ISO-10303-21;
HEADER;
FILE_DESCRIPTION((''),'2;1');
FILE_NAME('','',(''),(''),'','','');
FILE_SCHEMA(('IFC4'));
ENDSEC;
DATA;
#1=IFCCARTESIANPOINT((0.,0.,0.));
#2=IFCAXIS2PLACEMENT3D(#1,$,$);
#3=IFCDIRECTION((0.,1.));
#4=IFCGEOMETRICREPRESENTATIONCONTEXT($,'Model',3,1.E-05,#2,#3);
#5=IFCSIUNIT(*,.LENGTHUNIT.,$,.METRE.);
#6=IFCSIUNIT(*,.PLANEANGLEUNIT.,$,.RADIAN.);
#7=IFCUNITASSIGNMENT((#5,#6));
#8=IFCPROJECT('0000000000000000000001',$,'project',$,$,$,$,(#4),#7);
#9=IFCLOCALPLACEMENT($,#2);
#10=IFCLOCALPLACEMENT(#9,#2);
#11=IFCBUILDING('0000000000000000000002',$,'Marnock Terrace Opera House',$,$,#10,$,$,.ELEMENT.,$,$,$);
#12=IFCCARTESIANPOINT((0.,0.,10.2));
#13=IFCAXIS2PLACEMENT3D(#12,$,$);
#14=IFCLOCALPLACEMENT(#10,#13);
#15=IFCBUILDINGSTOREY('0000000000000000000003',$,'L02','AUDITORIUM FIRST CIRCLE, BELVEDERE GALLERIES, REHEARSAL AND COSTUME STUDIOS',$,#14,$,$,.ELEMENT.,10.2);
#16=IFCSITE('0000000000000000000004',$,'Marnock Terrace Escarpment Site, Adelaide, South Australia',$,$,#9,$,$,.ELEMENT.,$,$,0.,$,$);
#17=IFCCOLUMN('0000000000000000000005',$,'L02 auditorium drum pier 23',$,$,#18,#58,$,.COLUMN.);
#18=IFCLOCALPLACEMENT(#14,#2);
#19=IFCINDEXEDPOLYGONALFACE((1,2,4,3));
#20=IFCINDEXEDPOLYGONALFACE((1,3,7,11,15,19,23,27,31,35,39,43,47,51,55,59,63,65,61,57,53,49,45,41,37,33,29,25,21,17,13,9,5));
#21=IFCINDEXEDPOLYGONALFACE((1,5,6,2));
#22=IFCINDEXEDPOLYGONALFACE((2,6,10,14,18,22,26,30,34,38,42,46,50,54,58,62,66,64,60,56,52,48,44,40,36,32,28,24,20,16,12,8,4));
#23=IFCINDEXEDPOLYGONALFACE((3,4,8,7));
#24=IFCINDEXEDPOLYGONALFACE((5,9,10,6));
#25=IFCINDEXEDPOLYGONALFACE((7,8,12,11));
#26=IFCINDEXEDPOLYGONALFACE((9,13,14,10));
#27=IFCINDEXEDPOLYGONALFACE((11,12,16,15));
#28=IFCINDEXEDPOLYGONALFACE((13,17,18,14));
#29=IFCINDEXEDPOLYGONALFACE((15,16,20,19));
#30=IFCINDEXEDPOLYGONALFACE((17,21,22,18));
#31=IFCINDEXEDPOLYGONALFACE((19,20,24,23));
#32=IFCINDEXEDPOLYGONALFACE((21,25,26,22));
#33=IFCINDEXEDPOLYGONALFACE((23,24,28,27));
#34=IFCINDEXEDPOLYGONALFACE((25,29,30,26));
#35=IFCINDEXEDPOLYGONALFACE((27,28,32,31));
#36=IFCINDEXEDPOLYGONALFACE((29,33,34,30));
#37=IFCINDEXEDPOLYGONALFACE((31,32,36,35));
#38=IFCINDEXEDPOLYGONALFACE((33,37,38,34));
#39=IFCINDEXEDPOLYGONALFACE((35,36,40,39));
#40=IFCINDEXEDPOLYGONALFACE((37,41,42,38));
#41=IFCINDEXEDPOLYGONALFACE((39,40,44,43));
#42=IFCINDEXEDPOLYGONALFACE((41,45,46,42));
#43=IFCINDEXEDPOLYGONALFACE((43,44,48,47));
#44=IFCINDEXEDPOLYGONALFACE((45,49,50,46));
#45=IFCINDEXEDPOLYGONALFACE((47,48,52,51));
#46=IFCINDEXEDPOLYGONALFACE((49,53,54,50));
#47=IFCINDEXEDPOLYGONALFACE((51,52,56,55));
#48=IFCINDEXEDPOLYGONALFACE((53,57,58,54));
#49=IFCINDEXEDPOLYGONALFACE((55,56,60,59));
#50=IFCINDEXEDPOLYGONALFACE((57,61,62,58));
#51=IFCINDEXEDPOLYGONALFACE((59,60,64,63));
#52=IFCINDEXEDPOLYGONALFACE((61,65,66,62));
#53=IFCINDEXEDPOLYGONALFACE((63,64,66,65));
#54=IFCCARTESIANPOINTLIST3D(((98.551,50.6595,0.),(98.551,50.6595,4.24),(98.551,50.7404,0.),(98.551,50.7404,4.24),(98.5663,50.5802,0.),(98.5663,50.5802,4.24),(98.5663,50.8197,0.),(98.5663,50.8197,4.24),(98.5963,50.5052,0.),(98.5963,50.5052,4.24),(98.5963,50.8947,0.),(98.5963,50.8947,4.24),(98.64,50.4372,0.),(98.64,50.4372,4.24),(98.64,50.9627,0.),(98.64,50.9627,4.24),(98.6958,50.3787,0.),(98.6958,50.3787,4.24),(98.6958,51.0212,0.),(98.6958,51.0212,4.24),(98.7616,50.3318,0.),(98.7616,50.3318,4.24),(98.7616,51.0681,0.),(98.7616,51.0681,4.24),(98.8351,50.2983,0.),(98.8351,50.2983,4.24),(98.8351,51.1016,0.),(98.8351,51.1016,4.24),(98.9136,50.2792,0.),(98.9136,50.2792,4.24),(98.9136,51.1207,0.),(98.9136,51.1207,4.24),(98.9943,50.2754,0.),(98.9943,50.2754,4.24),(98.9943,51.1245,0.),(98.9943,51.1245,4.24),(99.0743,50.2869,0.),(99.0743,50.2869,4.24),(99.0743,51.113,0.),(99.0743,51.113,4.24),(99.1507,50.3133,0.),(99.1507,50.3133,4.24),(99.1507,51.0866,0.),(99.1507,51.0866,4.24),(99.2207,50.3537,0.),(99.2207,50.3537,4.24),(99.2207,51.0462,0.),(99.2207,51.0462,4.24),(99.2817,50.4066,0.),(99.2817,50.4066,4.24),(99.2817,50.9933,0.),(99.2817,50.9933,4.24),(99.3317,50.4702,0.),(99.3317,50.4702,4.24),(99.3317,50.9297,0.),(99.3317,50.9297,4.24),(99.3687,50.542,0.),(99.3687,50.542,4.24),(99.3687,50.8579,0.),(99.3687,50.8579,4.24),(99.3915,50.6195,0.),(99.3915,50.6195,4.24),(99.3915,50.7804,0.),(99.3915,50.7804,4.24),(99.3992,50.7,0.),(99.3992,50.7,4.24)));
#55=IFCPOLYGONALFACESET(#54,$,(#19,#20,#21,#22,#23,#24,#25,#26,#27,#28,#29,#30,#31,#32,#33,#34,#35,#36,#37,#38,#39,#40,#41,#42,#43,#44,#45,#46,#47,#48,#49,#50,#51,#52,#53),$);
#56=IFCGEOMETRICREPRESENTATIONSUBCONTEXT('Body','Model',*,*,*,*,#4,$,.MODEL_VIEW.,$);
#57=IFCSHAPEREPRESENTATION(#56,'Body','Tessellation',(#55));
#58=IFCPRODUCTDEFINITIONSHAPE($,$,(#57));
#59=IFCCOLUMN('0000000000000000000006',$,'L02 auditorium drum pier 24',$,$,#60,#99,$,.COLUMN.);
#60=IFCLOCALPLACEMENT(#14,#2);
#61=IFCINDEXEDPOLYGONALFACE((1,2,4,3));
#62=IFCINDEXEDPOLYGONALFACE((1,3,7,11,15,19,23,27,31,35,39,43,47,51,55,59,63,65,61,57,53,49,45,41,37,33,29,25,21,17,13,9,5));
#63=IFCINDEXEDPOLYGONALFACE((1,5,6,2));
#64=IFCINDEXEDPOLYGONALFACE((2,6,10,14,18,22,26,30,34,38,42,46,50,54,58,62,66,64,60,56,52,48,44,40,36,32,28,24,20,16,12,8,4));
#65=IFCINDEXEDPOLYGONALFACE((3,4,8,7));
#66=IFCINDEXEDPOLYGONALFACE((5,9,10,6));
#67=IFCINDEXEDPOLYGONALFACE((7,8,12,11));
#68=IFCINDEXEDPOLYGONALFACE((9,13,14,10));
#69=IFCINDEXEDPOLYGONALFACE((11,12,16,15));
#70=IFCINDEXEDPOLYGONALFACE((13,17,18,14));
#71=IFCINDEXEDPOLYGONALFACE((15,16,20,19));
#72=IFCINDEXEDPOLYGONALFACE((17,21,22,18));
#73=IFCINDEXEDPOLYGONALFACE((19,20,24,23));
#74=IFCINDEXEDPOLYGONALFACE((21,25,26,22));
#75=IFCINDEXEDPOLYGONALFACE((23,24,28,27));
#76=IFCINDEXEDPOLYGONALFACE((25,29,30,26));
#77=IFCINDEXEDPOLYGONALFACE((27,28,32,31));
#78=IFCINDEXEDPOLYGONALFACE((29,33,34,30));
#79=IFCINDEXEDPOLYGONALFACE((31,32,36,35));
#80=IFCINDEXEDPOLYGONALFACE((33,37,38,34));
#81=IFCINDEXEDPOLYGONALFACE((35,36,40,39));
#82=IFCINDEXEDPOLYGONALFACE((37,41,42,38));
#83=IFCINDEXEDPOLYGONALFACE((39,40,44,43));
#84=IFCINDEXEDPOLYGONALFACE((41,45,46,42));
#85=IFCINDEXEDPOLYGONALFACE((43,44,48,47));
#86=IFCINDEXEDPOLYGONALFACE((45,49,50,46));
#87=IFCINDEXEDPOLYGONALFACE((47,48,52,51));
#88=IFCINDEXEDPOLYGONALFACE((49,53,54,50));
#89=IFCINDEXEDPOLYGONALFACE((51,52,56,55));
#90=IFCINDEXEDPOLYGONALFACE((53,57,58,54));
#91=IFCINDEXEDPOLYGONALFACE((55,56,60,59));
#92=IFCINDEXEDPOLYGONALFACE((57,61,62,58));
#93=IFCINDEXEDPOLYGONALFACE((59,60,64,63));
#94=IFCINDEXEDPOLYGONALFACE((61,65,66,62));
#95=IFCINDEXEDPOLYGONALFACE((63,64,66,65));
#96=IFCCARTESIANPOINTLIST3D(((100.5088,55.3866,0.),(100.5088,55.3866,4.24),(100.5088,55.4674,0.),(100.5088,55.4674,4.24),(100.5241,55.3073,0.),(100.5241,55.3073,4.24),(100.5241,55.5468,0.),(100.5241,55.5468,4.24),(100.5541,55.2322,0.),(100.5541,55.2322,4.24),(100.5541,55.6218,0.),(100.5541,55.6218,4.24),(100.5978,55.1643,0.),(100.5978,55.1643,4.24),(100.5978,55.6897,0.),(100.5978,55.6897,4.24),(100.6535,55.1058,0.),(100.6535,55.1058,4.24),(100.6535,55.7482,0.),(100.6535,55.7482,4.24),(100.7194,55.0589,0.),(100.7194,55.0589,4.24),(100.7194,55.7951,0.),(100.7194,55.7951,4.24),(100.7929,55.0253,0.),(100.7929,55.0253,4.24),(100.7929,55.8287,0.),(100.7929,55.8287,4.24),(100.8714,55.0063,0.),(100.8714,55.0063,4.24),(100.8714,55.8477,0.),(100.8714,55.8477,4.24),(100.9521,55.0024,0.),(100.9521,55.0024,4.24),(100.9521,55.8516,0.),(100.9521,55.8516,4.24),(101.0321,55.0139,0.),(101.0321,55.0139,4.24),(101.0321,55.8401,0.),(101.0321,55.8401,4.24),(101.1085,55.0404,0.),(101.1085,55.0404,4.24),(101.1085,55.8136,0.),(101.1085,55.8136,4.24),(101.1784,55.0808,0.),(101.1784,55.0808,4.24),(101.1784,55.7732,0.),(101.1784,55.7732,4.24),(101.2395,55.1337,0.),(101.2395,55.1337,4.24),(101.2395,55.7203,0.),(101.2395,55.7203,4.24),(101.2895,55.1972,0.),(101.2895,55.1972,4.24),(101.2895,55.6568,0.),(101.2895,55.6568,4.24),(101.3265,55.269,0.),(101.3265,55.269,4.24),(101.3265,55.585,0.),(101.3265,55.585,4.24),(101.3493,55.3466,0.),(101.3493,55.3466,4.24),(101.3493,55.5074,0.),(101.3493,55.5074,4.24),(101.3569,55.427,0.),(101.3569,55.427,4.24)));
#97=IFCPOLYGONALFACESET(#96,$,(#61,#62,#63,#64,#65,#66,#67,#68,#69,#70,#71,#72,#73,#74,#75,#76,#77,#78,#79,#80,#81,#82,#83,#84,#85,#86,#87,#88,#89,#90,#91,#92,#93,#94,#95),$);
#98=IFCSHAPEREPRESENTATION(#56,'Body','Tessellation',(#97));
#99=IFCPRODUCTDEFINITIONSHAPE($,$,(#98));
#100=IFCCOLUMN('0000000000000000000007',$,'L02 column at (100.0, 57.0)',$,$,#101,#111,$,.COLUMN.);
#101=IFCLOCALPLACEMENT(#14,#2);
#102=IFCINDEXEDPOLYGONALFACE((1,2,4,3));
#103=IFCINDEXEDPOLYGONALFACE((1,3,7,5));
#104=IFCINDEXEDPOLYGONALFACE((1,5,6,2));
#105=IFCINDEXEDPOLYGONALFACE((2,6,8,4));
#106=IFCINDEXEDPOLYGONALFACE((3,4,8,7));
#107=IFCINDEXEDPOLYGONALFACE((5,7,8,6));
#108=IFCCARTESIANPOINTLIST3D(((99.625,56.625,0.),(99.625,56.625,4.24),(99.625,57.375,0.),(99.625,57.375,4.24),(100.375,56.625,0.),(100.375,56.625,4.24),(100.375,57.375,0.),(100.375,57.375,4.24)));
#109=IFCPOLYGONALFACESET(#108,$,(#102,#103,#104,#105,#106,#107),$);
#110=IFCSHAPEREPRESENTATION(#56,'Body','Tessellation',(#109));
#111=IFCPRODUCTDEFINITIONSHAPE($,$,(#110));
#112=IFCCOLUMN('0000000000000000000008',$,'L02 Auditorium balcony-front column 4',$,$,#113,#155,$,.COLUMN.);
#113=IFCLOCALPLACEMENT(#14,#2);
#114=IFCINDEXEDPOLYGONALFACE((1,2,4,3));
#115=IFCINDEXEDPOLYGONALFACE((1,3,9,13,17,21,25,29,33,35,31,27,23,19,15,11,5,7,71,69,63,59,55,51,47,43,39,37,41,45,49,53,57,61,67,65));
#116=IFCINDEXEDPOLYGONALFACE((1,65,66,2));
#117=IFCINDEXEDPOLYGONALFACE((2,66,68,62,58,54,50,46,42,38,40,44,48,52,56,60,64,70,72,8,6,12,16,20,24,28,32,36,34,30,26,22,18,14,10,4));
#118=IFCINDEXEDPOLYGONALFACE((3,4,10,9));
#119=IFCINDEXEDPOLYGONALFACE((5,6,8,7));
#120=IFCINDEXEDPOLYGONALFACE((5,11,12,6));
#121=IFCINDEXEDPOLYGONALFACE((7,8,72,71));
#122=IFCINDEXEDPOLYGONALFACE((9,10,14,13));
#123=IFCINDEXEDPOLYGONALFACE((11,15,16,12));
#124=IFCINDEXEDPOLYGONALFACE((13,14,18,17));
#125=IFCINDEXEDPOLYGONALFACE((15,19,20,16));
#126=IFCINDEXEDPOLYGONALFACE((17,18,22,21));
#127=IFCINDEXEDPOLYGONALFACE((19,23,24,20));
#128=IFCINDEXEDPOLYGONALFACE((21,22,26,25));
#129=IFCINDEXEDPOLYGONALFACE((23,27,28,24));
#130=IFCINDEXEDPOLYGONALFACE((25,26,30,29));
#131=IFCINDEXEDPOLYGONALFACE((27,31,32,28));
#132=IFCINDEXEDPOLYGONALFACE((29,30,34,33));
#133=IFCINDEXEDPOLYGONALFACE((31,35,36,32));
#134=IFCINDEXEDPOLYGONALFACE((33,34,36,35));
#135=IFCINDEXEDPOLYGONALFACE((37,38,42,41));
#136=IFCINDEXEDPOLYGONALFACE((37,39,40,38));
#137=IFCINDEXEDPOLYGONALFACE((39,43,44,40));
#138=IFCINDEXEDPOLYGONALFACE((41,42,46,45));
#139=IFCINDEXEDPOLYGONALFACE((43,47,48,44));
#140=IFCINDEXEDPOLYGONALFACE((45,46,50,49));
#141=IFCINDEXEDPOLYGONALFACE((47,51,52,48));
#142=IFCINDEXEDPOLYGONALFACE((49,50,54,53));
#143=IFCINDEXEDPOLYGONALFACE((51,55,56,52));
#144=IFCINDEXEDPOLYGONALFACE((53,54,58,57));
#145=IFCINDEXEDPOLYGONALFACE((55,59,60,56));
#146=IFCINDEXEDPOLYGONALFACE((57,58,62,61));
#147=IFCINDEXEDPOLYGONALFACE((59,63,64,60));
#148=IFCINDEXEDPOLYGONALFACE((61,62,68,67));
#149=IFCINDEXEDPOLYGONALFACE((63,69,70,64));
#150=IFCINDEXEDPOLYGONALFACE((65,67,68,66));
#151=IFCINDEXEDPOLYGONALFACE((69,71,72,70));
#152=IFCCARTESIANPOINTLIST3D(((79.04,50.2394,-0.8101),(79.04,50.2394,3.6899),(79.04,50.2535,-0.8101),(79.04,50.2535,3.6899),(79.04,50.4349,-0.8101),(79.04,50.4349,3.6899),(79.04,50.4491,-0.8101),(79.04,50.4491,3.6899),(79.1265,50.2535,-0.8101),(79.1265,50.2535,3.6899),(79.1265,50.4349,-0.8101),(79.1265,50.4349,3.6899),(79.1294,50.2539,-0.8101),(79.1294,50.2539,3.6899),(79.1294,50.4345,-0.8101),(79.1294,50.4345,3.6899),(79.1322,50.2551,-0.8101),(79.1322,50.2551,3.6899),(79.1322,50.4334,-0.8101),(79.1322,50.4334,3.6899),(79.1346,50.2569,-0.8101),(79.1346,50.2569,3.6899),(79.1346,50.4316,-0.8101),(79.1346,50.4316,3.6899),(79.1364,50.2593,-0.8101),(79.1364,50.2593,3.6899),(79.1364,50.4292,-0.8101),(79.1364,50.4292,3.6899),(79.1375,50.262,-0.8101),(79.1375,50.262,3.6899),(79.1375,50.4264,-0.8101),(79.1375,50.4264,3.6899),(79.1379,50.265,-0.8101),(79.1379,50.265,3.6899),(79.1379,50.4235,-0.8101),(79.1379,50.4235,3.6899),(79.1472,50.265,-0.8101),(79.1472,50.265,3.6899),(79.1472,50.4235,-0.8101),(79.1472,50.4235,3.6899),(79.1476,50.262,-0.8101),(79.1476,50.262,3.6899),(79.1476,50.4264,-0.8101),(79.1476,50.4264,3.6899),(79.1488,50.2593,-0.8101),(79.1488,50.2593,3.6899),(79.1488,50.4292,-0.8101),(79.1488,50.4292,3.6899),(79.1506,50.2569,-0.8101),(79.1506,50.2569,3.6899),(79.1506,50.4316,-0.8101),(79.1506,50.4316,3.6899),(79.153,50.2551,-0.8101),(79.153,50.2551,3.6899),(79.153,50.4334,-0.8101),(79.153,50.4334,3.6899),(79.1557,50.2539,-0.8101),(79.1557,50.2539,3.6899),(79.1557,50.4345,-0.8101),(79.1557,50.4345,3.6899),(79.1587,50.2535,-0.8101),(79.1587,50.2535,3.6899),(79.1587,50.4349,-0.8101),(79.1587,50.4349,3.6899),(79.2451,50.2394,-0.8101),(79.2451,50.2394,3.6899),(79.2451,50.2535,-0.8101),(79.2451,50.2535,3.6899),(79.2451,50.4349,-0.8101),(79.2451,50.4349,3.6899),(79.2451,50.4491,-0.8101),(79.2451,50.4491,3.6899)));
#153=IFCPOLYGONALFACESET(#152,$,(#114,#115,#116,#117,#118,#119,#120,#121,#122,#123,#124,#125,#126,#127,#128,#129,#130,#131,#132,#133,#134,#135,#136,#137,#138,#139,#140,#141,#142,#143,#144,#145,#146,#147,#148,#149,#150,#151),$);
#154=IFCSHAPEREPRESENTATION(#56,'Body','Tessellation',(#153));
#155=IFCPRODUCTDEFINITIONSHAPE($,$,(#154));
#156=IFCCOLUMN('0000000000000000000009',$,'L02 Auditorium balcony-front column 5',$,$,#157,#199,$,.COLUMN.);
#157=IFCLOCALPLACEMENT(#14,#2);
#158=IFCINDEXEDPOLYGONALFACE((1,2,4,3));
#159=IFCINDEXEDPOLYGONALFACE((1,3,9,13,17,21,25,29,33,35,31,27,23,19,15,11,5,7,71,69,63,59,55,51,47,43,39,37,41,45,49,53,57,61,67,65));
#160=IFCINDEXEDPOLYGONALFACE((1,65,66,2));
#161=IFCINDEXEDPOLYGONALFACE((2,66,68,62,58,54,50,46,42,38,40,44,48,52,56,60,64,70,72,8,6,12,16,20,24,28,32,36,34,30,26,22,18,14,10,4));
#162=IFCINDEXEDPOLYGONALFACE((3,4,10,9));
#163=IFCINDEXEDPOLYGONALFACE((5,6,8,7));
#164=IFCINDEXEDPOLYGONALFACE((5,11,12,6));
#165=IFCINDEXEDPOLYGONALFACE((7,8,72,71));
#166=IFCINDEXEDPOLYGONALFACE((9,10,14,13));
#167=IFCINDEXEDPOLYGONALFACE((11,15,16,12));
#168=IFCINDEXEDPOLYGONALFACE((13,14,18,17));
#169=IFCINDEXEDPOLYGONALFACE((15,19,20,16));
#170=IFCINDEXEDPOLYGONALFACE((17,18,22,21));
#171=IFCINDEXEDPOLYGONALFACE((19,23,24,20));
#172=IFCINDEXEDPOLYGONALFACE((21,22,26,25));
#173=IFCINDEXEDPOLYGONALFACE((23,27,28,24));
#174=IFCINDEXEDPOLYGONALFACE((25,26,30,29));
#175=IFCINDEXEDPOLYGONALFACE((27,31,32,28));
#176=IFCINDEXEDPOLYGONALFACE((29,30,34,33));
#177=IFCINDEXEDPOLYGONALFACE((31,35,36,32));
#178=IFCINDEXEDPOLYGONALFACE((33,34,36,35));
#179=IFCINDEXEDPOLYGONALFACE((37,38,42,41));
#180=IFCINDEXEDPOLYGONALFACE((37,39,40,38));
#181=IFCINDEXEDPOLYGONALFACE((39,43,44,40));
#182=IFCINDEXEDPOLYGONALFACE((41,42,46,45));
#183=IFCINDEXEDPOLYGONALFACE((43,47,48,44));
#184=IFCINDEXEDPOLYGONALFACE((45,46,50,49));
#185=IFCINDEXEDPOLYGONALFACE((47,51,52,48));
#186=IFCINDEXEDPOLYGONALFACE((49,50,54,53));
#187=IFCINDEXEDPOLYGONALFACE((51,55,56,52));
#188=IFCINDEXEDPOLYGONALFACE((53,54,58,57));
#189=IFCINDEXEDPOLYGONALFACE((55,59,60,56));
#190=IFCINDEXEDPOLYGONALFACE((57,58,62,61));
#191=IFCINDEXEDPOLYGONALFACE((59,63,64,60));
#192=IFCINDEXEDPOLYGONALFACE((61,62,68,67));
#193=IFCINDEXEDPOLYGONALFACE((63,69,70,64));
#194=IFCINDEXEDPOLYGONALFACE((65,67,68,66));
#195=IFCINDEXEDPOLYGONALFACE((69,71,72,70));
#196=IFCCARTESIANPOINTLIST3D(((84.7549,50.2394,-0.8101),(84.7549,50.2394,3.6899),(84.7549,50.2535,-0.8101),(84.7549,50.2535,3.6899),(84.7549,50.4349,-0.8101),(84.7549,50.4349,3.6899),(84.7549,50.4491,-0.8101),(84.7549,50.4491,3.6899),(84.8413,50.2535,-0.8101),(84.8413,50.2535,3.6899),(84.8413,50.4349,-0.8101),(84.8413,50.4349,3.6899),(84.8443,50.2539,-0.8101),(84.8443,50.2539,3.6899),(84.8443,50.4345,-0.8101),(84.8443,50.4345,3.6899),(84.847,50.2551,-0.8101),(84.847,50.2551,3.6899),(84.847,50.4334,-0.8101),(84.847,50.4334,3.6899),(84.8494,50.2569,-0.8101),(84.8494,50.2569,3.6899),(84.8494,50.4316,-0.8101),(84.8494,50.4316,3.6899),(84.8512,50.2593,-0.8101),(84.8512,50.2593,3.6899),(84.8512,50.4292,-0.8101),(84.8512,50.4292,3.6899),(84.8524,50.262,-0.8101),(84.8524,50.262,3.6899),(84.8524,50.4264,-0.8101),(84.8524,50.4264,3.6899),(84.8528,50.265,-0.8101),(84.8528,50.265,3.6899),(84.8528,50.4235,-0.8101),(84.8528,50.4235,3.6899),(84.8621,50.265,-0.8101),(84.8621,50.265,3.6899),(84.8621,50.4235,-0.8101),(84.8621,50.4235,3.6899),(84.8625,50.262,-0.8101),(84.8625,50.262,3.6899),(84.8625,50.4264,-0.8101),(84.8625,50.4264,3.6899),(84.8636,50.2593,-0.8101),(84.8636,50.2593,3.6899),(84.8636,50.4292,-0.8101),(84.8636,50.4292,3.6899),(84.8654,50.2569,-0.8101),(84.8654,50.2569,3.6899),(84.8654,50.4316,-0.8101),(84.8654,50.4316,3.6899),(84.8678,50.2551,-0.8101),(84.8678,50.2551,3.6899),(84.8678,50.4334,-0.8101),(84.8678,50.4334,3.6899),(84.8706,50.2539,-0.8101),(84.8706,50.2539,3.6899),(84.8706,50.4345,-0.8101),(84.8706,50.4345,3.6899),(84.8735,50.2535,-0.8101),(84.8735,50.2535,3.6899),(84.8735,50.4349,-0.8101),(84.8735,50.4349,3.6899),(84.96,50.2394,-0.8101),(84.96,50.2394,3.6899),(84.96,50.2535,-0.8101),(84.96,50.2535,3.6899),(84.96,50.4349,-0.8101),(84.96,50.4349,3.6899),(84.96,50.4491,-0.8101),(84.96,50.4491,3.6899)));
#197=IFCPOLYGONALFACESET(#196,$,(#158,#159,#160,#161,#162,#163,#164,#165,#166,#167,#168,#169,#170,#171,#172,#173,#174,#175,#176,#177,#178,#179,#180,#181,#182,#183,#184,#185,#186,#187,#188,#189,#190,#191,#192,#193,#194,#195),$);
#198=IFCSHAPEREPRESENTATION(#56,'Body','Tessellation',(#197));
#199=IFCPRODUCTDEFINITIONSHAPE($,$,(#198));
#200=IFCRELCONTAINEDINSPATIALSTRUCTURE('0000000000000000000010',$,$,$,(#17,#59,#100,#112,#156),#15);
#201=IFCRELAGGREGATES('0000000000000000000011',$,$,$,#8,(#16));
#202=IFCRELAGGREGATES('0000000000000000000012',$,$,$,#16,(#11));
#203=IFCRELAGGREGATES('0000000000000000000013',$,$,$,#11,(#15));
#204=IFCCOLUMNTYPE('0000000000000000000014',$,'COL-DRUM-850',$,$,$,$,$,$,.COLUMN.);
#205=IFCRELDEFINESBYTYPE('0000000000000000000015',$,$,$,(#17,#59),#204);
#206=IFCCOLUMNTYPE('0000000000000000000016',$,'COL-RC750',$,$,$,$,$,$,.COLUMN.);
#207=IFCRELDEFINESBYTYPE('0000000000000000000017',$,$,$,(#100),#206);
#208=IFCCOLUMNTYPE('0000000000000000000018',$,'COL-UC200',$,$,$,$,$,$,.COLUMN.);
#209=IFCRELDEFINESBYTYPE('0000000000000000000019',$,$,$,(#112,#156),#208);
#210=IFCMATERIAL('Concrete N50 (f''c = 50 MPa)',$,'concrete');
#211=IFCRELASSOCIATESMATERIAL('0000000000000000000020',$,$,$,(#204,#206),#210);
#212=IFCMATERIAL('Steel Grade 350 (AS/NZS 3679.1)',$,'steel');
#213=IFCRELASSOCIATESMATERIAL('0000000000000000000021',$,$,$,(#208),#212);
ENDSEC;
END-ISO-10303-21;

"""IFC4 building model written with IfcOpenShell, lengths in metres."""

from ifc_helpers import new_model, si_unit, direction, frame, origin, origin_2d, place, context, subcontext, project, spatial, rectangle, circle, i_section, extrude, material, material_profile, profile_set, type_object, element, save


model = new_model("IFC4")

# Units and contexts
model_context = context("Model", 3, precision=1e-05, world=origin(), true_north=direction((0.0, 1.0)))
body_context = subcontext(model_context, "Body", "Model", "MODEL_VIEW")
ifc_project = project(units=[si_unit("LENGTHUNIT", "METRE"), si_unit("PLANEANGLEUNIT", "RADIAN")], contexts=[model_context])

# Site, building, storey
site_placement = place(None, origin())
site = spatial("IfcSite", under=ifc_project, at=site_placement, Name="Marnock Terrace Escarpment Site, Adelaide, South Australia", CompositionType="ELEMENT", RefElevation=0.0)
building_placement = place(site_placement, origin())
building = spatial("IfcBuilding", under=site, at=building_placement, Name="Marnock Terrace Opera House", CompositionType="ELEMENT")
storey_placement = place(building_placement, frame((0.0, 0.0, 10.2)))
storey = spatial("IfcBuildingStorey", under=building, at=storey_placement, Name="L02", Description="AUDITORIUM FIRST CIRCLE, BELVEDERE GALLERIES, REHEARSAL AND COSTUME STUDIOS", CompositionType="ELEMENT", Elevation=10.2)

# Columns
ifc_material_1 = material(Name="Concrete N50 (f'c = 50 MPa)", Category="concrete")
ifc_material_profile_1 = material_profile(ifc_material_1, circle(Radius=0.425, at=origin_2d()))
ifc_profile_set_1 = profile_set([ifc_material_profile_1], Name="Concrete N50 (f'c = 50 MPa)")
column_type_1 = type_object("IfcColumnType", Name="COL-DRUM-850", PredefinedType="COLUMN", material=ifc_profile_set_1)
for number, where, z_axis, x_axis, name in (
    (1, (98.9741, 50.7, 0.0), (0.0, 0.0, 1.0), (1.0, 0.0, 0.0), "L02 auditorium drum pier 23"),
    (2, (100.9319, 55.427, 0.0), (0.0, 0.0, 1.0), (1.0, 0.0, 0.0), "L02 auditorium drum pier 24"),
):
    element("IfcColumn", number, at=place(storey_placement, frame(where, z_axis=z_axis, x_axis=x_axis)), inside=storey, type_object=column_type_1, Name=name, PredefinedType="COLUMN", context=body_context, shape_type="SweptSolid", body=[
        extrude(circle(Radius=0.425, at=origin_2d()), origin(), (0.0, 0.0, 1.0), 4.24),
    ])
ifc_material_profile_2 = material_profile(ifc_material_1, rectangle(XDim=0.75, YDim=0.75, at=origin_2d()))
ifc_profile_set_2 = profile_set([ifc_material_profile_2], Name="Concrete N50 (f'c = 50 MPa)")
column_type_2 = type_object("IfcColumnType", Name="COL-RC750", PredefinedType="COLUMN", material=ifc_profile_set_2)
column_placement = place(storey_placement, frame((100.0, 57.0, 0.0), z_axis=(0.0, 0.0, 1.0), x_axis=(1.0, 0.0, 0.0)))
element("IfcColumn", 3, at=column_placement, inside=storey, type_object=column_type_2, Name="L02 column at (100.0, 57.0)", PredefinedType="COLUMN", context=body_context, shape_type="SweptSolid", body=[
    extrude(rectangle(XDim=0.75, YDim=0.75, at=origin_2d()), origin(), (0.0, 0.0, 1.0), 4.24),
])
ifc_material_2 = material(Name="Steel Grade 350 (AS/NZS 3679.1)", Category="steel")
ifc_material_profile_3 = material_profile(ifc_material_2, i_section(OverallWidth=0.2051, OverallDepth=0.2097, WebThickness=0.0093, FlangeThickness=0.0142, FilletRadius=0.0115, at=origin_2d()))
ifc_profile_set_3 = profile_set([ifc_material_profile_3], Name="Steel Grade 350 (AS/NZS 3679.1)")
column_type_3 = type_object("IfcColumnType", Name="COL-UC200", PredefinedType="COLUMN", material=ifc_profile_set_3)
for number, where, z_axis, x_axis, name in (
    (4, (79.1426, 50.3442, -0.8101), (0.0, 0.0, 1.0), (1.0, 0.0, 0.0), "L02 Auditorium balcony-front column 4"),
    (5, (84.8574, 50.3442, -0.8101), (0.0, 0.0, 1.0), (1.0, 0.0, 0.0), "L02 Auditorium balcony-front column 5"),
):
    element("IfcColumn", number, at=place(storey_placement, frame(where, z_axis=z_axis, x_axis=x_axis)), inside=storey, type_object=column_type_3, Name=name, PredefinedType="COLUMN", context=body_context, shape_type="SweptSolid", body=[
        extrude(i_section(OverallWidth=0.2051, OverallDepth=0.2097, WebThickness=0.0093, FlangeThickness=0.0142, FilletRadius=0.0115, at=origin_2d()), origin(), (0.0, 0.0, 1.0), 4.5),
    ])

save(model, "model.ifc")
